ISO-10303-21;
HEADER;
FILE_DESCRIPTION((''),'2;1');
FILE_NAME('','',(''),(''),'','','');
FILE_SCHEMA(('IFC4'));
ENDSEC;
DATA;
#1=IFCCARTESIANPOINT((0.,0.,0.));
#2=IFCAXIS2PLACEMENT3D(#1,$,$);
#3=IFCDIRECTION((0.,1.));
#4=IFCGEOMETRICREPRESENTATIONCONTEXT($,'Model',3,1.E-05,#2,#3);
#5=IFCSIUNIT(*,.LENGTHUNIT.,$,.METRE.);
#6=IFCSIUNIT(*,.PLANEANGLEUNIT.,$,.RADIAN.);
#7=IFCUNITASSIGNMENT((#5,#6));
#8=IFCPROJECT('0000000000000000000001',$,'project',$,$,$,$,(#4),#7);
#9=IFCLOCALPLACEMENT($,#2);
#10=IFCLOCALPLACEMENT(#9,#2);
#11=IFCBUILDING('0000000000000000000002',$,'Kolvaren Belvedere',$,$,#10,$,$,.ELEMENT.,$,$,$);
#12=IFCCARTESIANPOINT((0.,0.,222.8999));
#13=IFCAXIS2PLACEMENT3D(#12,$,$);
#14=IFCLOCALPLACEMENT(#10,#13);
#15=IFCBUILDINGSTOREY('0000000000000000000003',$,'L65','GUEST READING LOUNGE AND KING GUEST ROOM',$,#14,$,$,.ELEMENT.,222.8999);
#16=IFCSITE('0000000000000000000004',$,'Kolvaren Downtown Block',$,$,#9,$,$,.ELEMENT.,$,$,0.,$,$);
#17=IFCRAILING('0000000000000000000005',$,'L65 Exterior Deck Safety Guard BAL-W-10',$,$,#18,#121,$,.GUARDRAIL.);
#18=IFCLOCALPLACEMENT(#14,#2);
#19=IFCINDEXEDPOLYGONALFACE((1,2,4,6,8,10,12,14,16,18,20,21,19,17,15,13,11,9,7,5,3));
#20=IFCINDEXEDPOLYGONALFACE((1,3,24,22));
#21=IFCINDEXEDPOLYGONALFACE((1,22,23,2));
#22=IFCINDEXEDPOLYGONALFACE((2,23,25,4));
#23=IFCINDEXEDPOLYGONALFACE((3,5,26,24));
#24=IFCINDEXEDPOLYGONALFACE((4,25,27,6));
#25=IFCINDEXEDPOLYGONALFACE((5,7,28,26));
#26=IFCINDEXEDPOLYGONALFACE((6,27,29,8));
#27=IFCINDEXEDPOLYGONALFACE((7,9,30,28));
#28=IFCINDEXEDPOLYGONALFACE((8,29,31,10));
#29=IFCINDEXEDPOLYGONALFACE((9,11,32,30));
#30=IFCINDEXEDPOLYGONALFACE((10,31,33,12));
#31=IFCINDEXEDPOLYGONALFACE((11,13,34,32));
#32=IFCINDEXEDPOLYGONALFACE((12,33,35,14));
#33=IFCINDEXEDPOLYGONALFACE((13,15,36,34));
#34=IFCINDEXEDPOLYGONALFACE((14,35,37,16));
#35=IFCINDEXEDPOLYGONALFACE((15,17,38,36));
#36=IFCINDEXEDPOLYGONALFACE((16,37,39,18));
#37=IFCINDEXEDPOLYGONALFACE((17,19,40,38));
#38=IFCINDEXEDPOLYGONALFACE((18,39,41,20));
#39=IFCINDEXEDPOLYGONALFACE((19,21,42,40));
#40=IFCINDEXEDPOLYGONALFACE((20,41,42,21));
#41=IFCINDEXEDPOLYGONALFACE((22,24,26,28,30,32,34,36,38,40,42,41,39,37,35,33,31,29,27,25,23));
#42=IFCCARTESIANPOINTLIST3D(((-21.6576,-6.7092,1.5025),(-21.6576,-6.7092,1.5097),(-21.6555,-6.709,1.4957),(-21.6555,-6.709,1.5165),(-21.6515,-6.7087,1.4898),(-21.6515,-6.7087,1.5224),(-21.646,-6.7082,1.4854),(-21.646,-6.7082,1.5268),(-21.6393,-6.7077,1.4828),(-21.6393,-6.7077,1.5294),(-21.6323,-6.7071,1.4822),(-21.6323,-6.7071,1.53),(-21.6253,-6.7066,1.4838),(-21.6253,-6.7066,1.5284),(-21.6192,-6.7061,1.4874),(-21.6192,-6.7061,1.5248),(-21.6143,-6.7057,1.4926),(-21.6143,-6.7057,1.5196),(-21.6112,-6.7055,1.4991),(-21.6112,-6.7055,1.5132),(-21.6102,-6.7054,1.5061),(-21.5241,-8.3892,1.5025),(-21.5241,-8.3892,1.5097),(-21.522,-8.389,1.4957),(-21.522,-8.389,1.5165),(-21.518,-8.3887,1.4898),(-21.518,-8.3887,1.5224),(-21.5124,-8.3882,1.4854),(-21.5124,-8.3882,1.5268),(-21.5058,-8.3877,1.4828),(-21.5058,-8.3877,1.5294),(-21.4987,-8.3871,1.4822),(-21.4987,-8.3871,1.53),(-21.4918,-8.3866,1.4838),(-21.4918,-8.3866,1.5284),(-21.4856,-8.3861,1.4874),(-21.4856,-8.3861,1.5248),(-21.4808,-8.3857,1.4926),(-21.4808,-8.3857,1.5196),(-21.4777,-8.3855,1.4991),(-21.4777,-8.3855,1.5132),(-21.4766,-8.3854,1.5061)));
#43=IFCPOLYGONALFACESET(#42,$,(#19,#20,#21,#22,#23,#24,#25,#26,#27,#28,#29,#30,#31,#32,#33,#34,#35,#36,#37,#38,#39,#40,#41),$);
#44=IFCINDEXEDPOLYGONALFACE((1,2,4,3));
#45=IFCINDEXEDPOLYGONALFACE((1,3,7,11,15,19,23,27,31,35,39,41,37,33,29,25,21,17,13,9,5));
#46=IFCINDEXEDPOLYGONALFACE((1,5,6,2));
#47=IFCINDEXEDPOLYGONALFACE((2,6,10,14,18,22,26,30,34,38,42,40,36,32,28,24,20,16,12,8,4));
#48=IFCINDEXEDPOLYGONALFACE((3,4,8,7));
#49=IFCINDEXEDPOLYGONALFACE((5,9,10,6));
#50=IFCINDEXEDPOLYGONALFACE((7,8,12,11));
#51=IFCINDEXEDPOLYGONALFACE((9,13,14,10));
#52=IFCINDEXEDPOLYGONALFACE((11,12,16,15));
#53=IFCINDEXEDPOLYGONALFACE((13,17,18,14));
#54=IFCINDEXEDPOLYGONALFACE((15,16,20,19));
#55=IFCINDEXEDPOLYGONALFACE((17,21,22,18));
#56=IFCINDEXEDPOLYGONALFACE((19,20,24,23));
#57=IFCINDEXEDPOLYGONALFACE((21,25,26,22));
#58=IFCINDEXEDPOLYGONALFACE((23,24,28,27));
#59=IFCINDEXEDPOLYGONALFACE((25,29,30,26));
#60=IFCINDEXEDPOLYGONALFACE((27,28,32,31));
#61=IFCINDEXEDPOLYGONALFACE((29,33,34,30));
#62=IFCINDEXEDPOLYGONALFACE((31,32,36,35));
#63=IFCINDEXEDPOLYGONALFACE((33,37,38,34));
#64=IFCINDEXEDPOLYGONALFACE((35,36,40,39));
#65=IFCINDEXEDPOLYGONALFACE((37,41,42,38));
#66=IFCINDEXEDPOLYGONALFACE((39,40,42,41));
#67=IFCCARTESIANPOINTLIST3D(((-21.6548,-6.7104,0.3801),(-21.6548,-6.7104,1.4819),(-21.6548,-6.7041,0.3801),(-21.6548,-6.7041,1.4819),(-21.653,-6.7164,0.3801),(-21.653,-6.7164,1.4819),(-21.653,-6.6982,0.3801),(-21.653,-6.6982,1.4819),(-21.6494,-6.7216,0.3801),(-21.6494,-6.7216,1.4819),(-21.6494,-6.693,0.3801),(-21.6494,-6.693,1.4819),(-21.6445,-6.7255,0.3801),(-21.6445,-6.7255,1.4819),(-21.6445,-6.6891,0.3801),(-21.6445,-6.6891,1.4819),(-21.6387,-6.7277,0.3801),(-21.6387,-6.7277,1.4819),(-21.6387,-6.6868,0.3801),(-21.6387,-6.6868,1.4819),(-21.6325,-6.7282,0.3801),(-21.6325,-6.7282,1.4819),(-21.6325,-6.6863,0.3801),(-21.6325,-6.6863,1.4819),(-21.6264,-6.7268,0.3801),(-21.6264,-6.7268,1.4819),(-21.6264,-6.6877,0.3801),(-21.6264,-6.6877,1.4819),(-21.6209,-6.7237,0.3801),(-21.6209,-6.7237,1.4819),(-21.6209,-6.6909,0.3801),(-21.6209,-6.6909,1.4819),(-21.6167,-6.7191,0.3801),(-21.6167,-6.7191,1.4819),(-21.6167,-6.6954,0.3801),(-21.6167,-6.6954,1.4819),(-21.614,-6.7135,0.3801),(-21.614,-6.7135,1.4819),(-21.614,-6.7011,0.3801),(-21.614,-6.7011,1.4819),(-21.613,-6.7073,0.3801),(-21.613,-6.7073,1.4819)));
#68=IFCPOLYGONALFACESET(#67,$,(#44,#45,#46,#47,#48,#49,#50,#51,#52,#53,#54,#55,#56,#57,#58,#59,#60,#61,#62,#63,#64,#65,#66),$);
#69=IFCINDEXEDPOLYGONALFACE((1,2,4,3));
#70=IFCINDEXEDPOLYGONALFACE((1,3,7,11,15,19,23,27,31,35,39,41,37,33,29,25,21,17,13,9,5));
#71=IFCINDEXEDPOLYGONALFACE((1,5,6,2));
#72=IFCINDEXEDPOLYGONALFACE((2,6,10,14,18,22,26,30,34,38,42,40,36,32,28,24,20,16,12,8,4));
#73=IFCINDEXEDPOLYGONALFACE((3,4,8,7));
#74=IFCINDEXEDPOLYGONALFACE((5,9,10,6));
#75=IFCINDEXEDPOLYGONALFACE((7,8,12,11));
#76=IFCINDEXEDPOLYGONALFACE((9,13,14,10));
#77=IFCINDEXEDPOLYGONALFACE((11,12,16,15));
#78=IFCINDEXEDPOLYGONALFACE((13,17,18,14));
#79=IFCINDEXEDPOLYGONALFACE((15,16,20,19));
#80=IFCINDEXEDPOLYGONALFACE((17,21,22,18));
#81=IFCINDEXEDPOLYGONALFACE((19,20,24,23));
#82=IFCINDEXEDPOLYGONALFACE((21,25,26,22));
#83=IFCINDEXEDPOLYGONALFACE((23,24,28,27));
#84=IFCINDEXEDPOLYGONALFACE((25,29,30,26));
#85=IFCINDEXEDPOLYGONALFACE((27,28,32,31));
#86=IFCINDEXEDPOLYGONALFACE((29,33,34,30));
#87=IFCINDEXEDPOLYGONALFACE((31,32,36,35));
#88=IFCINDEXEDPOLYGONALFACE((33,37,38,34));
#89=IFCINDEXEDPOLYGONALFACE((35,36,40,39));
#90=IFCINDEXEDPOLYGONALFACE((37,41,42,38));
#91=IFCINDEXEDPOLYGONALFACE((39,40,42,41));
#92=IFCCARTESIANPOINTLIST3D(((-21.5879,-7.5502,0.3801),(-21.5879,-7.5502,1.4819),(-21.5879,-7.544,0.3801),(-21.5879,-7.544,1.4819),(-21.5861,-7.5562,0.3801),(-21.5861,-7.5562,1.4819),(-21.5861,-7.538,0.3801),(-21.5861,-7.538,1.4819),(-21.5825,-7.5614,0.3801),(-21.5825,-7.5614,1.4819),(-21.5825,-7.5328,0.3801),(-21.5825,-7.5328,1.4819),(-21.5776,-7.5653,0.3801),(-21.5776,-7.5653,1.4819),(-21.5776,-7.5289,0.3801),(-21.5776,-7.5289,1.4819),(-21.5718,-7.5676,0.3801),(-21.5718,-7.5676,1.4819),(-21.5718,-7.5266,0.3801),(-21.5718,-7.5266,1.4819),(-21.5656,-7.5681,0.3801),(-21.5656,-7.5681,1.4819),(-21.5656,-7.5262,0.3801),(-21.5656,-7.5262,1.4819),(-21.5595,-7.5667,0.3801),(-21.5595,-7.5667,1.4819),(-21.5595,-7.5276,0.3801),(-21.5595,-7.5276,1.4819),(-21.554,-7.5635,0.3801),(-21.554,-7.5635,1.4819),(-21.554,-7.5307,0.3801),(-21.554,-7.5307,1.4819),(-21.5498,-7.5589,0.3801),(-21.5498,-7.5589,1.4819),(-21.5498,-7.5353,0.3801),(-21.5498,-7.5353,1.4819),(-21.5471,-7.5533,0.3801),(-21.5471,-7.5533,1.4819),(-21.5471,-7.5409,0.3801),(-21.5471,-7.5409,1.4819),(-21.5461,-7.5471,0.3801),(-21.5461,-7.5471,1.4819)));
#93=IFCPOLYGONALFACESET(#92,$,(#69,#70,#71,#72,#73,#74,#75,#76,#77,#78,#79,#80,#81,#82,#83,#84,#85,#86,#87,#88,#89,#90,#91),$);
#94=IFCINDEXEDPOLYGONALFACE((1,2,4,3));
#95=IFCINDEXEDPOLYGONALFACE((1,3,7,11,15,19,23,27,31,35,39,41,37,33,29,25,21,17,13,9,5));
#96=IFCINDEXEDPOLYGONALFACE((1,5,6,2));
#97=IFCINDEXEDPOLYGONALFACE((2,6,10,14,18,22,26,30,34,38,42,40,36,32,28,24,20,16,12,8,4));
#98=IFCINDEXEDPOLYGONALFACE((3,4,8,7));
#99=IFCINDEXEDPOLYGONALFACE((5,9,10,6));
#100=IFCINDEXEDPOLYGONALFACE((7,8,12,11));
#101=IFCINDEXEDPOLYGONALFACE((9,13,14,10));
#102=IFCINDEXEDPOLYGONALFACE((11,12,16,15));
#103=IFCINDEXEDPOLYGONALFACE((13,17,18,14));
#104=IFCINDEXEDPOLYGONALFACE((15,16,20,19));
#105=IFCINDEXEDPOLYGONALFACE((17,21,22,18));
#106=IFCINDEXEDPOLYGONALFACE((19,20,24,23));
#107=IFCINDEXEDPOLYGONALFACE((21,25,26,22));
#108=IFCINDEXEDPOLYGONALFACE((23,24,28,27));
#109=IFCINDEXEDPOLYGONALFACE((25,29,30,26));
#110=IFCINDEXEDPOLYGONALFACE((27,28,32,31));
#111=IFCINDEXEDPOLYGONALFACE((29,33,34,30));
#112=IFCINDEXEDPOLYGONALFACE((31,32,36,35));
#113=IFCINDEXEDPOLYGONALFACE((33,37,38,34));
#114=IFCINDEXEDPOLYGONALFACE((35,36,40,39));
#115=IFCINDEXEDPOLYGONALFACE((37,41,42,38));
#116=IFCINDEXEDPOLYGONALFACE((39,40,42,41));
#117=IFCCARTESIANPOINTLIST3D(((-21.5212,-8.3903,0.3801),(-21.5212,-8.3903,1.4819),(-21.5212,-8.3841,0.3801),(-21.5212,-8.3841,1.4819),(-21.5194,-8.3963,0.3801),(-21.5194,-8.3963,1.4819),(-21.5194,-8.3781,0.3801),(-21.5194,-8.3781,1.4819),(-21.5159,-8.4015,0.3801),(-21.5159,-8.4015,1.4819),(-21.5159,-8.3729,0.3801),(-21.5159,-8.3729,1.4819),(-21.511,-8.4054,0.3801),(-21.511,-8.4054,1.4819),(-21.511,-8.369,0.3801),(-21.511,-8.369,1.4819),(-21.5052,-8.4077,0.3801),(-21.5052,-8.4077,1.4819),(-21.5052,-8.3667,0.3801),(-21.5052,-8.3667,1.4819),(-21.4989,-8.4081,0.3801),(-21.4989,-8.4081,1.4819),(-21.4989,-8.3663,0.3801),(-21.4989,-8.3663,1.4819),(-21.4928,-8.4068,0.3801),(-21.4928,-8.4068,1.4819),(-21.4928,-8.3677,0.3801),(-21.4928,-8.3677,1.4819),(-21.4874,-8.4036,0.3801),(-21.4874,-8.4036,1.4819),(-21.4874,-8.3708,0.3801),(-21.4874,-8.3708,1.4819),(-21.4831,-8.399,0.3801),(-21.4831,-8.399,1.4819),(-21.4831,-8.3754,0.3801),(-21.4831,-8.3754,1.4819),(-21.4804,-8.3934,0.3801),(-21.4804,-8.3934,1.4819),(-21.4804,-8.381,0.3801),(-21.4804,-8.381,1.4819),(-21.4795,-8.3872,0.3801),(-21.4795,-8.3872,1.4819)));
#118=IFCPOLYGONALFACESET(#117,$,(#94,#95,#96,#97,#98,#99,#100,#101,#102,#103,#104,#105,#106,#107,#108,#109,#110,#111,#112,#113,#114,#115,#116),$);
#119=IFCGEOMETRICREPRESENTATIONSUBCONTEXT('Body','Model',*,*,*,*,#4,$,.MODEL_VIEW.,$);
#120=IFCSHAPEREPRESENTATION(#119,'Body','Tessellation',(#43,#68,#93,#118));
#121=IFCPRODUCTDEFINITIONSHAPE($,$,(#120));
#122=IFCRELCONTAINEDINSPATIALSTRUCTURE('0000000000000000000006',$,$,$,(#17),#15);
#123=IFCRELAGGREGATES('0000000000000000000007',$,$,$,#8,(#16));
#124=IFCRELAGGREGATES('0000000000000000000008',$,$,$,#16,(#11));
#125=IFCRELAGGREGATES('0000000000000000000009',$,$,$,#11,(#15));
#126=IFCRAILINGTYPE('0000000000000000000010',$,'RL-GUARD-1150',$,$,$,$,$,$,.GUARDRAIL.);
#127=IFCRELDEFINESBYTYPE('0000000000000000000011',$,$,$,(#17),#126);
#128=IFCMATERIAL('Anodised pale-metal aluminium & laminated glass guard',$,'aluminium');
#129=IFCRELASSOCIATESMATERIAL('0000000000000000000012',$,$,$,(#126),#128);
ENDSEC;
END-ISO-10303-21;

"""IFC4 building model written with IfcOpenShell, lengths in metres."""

from ifc_helpers import new_model, si_unit, direction, frame, origin, origin_2d, place, context, subcontext, project, spatial, circle, extrude, material, type_object, element, save


model = new_model("IFC4")

# Units and contexts
model_context = context("Model", 3, precision=1e-05, world=origin(), true_north=direction((0.0, 1.0)))
body_context = subcontext(model_context, "Body", "Model", "MODEL_VIEW")
ifc_project = project(units=[si_unit("LENGTHUNIT", "METRE"), si_unit("PLANEANGLEUNIT", "RADIAN")], contexts=[model_context])

# Site, building, storey
site_placement = place(None, origin())
site = spatial("IfcSite", under=ifc_project, at=site_placement, Name="Kolvaren Downtown Block", CompositionType="ELEMENT", RefElevation=0.0)
building_placement = place(site_placement, origin())
building = spatial("IfcBuilding", under=site, at=building_placement, Name="Kolvaren Belvedere", CompositionType="ELEMENT")
storey_placement = place(building_placement, frame((0.0, 0.0, 222.8999)))
storey = spatial("IfcBuildingStorey", under=building, at=storey_placement, Name="L65", Description="GUEST READING LOUNGE AND KING GUEST ROOM", CompositionType="ELEMENT", Elevation=222.8999)

# Railing
ifc_material_1 = material(Name="Anodised pale-metal aluminium & laminated glass guard", Category="aluminium")
railing_type = type_object("IfcRailingType", Name="RL-GUARD-1150", PredefinedType="GUARDRAIL", material=ifc_material_1)
railing_1_placement = place(storey_placement, frame((-21.634, -6.7073, 0.3801)))
element("IfcRailing", 1, at=railing_1_placement, inside=storey, type_object=railing_type, Name="L65 Exterior Deck Safety Guard BAL-W-10", PredefinedType="GUARDRAIL", context=body_context, shape_type="SweptSolid", body=[
    extrude(circle(Radius=0.0239, at=origin_2d()), frame((0.0, 0.0, 1.126), z_axis=(0.079244, -0.996855, 0.0), x_axis=(0.996855, 0.079244, 0.0)), (0.0, 0.0, 1.0), 1.6853),
    extrude(circle(Radius=0.021, at=origin_2d()), origin(), (0.0, 0.0, 1.0), 1.1018),
    extrude(circle(Radius=0.021, at=origin_2d()), frame((0.0669, -0.8398, 0.0)), (0.0, 0.0, 1.0), 1.1018),
    extrude(circle(Radius=0.021, at=origin_2d()), frame((0.1335, -1.6799, 0.0)), (0.0, 0.0, 1.0), 1.1018),
])

save(model, "model.ifc")
